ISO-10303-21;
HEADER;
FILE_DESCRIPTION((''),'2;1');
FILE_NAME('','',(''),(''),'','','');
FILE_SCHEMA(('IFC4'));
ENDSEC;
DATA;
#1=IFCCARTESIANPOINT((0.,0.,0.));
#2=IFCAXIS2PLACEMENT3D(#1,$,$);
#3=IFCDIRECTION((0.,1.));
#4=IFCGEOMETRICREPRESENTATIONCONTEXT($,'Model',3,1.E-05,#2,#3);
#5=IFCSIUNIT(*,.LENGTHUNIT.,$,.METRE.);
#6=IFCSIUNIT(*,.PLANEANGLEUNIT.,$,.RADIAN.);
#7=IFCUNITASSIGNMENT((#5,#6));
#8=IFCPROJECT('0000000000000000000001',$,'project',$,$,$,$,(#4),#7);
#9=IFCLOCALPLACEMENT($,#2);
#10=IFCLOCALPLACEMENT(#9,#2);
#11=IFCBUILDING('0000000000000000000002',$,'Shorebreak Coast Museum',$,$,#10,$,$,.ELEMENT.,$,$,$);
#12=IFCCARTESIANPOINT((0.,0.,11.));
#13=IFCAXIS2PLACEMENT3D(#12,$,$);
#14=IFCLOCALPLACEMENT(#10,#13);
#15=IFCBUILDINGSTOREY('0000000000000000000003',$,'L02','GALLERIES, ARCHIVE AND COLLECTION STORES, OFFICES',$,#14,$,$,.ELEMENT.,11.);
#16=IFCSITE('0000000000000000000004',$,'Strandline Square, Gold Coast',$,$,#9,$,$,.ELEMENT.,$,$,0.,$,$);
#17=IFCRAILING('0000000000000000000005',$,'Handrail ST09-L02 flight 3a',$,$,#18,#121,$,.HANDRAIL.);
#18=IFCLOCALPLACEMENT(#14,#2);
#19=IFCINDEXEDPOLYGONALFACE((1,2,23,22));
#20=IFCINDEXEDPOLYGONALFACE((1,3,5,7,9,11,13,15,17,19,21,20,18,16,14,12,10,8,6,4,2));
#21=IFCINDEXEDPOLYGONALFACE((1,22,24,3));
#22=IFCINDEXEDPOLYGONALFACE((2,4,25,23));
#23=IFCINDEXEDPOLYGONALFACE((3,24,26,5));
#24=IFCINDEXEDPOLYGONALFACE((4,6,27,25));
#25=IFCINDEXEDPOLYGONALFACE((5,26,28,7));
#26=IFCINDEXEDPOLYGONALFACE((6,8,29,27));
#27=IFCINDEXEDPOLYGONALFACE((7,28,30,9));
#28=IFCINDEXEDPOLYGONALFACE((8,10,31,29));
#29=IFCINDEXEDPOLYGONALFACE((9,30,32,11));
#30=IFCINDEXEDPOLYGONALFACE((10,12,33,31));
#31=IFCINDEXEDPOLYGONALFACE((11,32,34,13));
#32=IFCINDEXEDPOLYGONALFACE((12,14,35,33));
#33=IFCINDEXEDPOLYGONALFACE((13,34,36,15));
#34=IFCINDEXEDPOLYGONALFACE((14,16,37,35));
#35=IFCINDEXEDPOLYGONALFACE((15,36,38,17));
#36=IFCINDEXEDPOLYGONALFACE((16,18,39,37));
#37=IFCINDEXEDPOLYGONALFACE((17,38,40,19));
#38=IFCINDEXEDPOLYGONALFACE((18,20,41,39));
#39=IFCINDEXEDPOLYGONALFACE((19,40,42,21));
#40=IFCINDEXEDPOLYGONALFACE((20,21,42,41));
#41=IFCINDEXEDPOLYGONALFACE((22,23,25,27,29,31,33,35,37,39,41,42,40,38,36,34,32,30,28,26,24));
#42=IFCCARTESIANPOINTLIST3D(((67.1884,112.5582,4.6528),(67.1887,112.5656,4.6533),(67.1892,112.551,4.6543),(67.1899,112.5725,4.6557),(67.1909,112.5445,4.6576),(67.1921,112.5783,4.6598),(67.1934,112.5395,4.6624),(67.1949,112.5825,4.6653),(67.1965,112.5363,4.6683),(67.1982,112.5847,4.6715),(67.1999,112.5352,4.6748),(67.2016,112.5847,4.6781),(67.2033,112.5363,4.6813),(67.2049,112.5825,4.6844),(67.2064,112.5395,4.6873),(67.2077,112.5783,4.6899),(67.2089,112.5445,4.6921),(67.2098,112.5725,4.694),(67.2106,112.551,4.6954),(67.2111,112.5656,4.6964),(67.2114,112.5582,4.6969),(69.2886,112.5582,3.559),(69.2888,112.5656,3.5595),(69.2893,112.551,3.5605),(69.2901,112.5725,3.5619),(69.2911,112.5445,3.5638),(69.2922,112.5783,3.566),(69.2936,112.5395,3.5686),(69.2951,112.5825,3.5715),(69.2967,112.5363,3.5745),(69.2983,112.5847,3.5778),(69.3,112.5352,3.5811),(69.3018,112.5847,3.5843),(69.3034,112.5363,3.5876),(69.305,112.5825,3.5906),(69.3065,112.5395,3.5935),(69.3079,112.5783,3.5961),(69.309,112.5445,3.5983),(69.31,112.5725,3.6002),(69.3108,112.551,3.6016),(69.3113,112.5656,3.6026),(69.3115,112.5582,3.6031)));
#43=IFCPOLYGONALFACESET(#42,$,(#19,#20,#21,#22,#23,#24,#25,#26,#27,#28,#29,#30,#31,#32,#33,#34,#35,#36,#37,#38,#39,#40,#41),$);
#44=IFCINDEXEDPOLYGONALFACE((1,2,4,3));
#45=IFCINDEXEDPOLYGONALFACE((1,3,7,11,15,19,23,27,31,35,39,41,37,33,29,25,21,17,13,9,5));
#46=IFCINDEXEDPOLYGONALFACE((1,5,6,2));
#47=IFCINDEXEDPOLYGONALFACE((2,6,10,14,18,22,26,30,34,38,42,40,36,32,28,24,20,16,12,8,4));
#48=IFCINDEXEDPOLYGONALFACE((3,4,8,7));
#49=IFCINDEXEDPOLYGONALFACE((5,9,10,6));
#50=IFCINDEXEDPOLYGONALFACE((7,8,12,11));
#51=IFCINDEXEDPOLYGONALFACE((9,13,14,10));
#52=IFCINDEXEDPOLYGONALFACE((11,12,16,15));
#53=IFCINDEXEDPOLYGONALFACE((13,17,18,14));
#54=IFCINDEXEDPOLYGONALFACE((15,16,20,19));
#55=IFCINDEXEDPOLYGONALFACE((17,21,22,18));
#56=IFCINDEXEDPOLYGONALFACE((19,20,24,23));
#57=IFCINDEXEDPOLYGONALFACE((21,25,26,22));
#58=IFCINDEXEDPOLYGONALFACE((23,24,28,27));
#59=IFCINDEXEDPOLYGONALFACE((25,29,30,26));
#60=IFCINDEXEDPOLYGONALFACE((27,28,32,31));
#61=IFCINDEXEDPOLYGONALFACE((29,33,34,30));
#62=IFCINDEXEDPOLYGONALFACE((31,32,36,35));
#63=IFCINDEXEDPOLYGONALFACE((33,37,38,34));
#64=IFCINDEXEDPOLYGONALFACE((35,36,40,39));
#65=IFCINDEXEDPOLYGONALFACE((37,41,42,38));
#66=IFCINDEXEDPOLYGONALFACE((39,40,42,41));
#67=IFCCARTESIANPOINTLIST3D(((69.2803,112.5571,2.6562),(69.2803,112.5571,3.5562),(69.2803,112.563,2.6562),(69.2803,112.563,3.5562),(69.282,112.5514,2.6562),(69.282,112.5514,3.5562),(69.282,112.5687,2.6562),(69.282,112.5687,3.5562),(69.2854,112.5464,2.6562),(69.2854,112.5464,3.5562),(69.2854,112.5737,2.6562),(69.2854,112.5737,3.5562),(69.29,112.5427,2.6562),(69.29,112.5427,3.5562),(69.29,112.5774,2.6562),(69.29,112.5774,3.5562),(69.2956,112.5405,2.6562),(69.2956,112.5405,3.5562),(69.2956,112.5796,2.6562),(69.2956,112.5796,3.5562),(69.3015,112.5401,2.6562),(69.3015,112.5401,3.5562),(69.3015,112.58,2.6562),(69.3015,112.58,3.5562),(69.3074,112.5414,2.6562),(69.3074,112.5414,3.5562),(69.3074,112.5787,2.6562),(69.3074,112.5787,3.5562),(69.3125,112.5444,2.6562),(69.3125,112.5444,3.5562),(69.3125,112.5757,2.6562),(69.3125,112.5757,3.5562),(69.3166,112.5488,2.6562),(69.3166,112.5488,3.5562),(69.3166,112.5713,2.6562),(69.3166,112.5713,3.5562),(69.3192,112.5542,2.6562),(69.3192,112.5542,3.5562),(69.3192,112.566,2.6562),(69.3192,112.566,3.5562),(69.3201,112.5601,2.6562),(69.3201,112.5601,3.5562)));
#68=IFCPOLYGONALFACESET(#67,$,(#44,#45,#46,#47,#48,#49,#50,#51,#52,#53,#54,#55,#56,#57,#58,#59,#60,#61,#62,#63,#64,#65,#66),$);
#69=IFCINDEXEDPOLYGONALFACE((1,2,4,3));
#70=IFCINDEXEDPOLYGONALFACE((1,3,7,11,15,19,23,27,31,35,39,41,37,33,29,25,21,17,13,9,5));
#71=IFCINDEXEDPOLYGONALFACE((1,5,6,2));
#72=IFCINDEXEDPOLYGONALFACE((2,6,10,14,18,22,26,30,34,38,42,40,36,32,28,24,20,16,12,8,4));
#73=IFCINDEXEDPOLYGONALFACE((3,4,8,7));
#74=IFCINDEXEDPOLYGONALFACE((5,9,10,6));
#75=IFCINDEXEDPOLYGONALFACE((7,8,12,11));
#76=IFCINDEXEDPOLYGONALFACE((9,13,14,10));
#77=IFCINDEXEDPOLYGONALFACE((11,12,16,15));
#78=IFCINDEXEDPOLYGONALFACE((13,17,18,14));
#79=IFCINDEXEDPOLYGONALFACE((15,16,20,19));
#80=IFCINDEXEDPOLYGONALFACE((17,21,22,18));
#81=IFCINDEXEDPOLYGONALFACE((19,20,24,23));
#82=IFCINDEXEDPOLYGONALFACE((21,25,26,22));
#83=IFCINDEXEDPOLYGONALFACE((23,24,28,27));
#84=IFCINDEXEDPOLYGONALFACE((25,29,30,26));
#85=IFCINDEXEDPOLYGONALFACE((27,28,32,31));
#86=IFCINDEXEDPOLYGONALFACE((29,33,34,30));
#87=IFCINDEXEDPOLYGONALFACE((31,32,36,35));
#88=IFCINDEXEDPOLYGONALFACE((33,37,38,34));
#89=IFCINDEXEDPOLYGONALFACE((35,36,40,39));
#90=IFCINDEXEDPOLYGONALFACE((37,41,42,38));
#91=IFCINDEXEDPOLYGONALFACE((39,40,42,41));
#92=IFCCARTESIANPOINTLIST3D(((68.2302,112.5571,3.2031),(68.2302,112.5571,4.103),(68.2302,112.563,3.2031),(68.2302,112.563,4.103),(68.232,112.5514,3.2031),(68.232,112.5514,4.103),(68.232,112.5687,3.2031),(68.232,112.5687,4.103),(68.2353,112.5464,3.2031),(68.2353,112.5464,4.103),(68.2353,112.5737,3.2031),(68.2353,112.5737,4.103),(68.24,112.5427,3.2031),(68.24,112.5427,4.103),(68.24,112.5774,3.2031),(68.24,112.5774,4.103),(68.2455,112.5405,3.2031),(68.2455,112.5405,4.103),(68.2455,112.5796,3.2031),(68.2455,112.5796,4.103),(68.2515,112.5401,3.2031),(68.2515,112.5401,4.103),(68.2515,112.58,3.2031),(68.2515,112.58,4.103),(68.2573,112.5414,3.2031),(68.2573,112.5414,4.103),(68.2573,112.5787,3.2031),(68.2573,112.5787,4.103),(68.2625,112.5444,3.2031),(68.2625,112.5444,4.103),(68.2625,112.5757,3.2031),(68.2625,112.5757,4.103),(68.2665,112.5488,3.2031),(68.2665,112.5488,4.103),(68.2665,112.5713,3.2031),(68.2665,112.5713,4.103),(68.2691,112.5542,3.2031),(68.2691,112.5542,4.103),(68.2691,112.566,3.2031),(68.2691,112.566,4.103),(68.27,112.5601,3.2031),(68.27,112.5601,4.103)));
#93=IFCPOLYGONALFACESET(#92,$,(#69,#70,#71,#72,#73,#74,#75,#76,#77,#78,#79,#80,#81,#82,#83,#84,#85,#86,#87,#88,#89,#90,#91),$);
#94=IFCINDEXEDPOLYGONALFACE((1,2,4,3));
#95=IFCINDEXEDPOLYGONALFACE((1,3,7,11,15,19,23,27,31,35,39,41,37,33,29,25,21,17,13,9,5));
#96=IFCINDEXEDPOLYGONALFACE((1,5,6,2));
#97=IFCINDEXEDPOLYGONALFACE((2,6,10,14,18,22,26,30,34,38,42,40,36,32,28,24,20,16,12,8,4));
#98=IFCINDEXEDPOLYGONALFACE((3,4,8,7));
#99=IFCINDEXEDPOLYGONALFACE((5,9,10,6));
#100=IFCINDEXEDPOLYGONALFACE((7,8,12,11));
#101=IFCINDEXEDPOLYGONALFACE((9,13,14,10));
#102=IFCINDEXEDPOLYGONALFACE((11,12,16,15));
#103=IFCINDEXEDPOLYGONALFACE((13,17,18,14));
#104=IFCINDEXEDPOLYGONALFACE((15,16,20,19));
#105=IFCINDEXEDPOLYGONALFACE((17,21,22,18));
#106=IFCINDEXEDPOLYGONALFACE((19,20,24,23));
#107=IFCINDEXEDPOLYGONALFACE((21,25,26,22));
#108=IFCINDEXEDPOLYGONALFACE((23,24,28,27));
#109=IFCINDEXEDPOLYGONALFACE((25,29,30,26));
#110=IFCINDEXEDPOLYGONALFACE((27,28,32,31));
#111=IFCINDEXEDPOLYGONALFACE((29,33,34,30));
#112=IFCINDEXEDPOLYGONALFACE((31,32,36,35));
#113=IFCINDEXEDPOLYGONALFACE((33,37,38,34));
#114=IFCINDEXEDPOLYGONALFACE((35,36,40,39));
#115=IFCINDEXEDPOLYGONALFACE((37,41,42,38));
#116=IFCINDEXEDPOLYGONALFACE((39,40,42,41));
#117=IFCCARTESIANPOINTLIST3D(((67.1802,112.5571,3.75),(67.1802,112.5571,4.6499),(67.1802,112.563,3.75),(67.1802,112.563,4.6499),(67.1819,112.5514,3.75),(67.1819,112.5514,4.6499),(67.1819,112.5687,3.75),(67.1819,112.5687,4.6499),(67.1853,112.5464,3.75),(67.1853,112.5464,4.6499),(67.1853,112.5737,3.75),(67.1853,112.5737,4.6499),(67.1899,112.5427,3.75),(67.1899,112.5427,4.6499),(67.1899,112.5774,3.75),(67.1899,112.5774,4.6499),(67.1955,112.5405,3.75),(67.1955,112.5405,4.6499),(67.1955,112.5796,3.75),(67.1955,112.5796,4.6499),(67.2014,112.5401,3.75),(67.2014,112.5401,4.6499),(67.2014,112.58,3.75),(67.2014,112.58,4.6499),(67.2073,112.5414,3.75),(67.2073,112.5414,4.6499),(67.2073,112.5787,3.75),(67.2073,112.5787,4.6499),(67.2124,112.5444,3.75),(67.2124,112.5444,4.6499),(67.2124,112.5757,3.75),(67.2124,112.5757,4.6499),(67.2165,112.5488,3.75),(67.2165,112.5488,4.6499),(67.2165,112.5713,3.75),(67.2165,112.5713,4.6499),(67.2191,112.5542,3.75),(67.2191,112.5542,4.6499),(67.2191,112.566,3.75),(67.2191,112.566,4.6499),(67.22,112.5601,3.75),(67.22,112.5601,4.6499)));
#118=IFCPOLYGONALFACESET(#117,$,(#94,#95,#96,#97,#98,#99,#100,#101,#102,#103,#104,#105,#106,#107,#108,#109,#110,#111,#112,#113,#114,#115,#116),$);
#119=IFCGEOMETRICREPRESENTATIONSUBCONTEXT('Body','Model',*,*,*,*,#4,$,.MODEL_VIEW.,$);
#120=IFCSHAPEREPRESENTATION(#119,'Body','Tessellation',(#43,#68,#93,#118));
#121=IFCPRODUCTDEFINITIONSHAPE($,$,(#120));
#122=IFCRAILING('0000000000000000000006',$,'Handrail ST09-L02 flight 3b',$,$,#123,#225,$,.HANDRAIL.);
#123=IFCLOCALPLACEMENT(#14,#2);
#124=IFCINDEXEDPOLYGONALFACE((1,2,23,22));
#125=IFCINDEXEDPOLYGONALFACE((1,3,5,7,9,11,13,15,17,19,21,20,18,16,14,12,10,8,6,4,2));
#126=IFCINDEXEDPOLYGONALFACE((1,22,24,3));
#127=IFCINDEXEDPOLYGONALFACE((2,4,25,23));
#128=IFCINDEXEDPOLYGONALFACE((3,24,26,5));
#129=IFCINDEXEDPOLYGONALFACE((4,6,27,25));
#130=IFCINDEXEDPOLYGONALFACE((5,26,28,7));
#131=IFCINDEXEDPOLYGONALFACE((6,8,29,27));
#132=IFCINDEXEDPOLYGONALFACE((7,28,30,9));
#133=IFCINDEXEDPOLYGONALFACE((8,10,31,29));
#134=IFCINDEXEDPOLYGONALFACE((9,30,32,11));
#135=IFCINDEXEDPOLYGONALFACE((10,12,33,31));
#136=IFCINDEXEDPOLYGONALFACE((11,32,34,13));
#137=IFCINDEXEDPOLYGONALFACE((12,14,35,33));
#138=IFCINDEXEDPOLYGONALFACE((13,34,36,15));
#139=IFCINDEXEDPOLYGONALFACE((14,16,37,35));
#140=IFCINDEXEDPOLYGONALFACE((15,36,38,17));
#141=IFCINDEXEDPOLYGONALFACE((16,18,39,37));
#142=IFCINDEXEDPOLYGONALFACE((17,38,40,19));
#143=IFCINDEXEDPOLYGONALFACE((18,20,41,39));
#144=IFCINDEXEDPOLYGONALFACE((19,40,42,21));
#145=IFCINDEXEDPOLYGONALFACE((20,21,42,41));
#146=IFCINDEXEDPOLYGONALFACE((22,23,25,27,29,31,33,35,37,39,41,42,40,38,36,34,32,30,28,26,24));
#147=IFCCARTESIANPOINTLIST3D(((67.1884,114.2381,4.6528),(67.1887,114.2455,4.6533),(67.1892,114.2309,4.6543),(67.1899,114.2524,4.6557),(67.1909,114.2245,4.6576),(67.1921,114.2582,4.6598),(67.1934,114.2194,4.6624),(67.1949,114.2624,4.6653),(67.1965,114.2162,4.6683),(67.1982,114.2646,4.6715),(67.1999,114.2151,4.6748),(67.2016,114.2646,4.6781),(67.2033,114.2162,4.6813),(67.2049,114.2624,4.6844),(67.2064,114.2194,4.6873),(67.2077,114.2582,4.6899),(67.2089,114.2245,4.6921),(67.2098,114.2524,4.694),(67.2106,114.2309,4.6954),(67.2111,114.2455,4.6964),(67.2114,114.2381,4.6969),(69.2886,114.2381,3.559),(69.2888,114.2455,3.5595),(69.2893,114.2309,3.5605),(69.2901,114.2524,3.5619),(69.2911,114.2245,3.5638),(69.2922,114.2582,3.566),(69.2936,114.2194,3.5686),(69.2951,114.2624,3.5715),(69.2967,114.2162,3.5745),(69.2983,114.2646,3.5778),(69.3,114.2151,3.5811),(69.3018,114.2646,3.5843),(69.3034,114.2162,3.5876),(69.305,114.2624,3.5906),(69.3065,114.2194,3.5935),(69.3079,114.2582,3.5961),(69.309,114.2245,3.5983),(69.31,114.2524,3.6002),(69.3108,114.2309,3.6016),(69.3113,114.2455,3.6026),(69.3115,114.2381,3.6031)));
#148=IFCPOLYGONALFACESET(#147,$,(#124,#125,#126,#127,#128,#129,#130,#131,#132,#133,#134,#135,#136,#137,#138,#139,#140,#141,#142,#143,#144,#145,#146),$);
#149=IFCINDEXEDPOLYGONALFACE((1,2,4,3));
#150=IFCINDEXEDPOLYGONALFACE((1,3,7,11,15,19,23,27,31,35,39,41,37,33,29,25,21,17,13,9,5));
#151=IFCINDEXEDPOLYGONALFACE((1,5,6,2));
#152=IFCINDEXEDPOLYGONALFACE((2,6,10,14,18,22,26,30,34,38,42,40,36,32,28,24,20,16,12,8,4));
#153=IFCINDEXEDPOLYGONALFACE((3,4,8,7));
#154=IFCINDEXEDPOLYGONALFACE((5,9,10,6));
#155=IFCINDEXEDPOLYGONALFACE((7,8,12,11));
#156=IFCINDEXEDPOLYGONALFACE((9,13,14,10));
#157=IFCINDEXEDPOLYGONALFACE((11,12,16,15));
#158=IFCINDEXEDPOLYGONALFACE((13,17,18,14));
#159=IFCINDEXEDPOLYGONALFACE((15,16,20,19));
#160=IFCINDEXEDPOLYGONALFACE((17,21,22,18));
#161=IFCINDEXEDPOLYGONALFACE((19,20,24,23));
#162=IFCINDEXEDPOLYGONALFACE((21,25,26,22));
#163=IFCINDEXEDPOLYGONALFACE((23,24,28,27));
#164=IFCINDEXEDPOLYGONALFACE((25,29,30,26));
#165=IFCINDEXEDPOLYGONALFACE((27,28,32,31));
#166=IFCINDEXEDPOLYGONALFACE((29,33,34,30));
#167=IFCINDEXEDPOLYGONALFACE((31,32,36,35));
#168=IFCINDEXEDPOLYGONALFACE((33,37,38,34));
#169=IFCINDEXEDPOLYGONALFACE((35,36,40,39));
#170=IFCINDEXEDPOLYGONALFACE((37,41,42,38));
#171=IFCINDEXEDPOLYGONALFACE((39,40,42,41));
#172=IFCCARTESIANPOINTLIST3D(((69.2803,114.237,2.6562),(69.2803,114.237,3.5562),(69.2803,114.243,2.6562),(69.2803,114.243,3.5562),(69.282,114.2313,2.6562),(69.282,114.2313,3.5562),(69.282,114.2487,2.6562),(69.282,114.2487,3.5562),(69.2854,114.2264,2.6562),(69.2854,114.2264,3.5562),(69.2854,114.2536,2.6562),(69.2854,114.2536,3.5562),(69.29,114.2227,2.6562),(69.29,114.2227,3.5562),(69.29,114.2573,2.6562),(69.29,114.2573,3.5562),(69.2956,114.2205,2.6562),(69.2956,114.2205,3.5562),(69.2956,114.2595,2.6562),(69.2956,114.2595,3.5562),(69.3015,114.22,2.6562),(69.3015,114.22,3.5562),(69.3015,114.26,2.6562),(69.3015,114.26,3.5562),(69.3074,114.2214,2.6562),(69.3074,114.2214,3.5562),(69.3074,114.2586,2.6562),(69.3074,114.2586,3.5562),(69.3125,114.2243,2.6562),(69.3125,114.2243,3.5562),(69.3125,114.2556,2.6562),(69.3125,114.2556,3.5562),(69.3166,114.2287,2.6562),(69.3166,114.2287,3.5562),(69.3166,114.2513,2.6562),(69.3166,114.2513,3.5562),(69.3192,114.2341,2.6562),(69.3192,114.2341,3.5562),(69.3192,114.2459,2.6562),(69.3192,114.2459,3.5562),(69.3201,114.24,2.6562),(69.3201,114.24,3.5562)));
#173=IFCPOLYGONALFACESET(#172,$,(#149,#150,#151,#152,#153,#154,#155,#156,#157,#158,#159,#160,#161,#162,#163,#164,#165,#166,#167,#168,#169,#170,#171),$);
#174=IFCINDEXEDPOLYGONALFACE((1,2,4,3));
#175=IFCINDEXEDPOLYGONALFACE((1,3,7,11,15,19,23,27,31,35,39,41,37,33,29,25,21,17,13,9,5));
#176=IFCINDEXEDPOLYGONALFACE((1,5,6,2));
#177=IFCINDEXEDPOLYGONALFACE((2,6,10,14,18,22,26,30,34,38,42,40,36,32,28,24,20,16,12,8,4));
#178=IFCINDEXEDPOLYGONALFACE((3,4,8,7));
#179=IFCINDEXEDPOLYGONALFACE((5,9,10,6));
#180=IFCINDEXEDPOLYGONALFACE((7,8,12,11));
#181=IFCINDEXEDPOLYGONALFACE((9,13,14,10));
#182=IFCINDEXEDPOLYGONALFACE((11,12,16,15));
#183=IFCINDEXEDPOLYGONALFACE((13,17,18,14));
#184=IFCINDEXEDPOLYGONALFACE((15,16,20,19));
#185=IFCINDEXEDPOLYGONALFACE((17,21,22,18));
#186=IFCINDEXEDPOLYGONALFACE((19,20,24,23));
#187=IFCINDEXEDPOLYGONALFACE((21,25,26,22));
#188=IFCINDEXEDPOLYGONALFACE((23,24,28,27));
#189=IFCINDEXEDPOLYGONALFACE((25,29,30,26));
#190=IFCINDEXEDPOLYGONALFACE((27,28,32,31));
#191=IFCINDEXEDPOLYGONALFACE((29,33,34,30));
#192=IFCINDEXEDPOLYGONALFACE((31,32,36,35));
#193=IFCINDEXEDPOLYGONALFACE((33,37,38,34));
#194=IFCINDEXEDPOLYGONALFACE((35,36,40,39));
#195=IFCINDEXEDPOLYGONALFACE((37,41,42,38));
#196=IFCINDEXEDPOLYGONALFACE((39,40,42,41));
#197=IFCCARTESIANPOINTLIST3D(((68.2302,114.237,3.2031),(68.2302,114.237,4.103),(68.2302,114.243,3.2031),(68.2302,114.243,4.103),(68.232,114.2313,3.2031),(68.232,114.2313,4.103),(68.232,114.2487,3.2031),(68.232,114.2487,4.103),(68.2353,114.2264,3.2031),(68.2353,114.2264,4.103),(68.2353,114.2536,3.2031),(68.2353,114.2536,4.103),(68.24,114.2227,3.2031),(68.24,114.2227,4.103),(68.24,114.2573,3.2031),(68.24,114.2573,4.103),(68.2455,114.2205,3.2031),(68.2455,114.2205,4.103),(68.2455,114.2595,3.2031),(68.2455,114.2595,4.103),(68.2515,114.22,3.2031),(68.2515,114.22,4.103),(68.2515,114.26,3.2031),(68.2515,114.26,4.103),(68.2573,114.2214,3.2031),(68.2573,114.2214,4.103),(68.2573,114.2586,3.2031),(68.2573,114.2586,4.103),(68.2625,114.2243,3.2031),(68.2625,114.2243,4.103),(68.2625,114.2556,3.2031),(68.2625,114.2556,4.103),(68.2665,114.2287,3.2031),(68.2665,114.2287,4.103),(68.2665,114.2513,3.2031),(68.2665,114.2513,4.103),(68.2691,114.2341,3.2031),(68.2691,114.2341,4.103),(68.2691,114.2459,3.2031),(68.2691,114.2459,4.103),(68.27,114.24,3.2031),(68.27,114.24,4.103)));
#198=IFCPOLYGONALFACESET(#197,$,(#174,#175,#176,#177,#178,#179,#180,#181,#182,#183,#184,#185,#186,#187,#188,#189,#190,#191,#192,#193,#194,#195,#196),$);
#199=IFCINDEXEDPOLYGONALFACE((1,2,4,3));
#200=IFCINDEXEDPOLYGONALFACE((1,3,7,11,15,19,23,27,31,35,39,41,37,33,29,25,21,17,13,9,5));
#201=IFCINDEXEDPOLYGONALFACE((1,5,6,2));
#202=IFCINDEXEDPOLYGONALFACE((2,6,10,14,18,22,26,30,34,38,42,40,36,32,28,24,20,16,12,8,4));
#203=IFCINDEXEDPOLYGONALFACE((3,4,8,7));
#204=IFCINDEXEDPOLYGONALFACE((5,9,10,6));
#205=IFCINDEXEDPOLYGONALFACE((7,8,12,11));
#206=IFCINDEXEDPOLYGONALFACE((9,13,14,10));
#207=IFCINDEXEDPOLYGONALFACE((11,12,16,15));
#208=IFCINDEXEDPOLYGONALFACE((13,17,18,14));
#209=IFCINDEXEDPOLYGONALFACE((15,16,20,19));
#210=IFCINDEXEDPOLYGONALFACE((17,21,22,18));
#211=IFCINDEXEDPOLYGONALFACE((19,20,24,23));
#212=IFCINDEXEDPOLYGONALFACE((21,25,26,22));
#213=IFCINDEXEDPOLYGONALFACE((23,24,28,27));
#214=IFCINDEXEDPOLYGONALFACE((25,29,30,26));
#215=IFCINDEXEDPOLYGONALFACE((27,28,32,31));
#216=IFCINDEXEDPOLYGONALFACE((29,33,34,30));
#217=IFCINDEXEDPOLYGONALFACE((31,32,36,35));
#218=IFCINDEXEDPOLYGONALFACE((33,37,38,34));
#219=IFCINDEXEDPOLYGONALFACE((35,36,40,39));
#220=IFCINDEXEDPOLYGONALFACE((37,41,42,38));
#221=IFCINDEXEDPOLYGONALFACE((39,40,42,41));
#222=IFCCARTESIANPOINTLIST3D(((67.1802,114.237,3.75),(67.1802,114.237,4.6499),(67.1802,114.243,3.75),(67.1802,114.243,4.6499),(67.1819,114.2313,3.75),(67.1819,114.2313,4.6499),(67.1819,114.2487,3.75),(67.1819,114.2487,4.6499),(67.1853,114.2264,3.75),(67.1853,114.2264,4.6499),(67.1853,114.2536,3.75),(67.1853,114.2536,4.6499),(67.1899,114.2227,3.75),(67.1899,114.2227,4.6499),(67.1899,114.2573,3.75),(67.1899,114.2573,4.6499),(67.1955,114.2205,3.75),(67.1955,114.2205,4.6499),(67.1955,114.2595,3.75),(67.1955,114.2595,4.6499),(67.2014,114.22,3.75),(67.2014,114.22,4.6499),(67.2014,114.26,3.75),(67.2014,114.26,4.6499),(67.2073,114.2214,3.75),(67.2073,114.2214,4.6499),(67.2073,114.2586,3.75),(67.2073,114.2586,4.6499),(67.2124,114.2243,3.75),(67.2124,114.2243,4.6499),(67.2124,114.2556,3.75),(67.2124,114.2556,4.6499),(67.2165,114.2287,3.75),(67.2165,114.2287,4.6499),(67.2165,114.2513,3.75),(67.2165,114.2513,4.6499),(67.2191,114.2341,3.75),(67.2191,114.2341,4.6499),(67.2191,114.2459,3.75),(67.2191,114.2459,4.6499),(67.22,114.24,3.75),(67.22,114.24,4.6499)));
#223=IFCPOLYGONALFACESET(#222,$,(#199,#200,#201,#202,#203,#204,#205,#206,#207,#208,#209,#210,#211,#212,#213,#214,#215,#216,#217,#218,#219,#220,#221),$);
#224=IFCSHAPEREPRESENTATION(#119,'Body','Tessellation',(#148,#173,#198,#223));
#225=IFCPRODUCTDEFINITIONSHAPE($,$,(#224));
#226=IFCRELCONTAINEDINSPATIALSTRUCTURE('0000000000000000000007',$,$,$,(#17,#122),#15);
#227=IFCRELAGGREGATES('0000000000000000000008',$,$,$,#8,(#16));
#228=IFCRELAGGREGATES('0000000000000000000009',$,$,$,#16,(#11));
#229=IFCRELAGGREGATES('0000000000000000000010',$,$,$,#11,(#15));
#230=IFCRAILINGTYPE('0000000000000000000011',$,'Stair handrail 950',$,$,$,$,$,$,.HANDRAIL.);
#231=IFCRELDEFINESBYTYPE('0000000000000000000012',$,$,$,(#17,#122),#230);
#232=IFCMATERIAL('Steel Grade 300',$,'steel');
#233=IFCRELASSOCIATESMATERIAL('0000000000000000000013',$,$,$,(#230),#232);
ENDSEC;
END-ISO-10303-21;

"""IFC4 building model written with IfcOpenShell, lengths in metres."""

from ifc_helpers import new_model, si_unit, direction, frame, origin, origin_2d, place, context, subcontext, project, spatial, circle, extrude, material, type_object, element, save


model = new_model("IFC4")

# Units and contexts
model_context = context("Model", 3, precision=1e-05, world=origin(), true_north=direction((0.0, 1.0)))
body_context = subcontext(model_context, "Body", "Model", "MODEL_VIEW")
ifc_project = project(units=[si_unit("LENGTHUNIT", "METRE"), si_unit("PLANEANGLEUNIT", "RADIAN")], contexts=[model_context])

# Site, building, storey
site_placement = place(None, origin())
site = spatial("IfcSite", under=ifc_project, at=site_placement, Name="Strandline Square, Gold Coast", CompositionType="ELEMENT", RefElevation=0.0)
building_placement = place(site_placement, origin())
building = spatial("IfcBuilding", under=site, at=building_placement, Name="Shorebreak Coast Museum", CompositionType="ELEMENT")
storey_placement = place(building_placement, frame((0.0, 0.0, 11.0)))
storey = spatial("IfcBuildingStorey", under=building, at=storey_placement, Name="L02", Description="GALLERIES, ARCHIVE AND COLLECTION STORES, OFFICES", CompositionType="ELEMENT", Elevation=11.0)

# Railings
ifc_material_1 = material(Name="Steel Grade 300", Category="steel")
railing_type_1 = type_object("IfcRailingType", Name="Stair handrail 950", PredefinedType="HANDRAIL", material=ifc_material_1)
for number, where, name in (
    (1, (69.3, 112.5601, 2.6562), "Handrail ST09-L02 flight 3a"),
    (2, (69.3, 114.24, 2.6562), "Handrail ST09-L02 flight 3b"),
):
    element("IfcRailing", number, at=place(storey_placement, frame(where)), inside=storey, type_object=railing_type_1, Name=name, PredefinedType="HANDRAIL", context=body_context, shape_type="SweptSolid", body=[
        extrude(circle(Radius=0.0249, at=origin_2d()), frame((0.0, 0.0, 0.9248), z_axis=(-0.886923, 0.0, 0.461918), x_axis=(0.0, -1.0, 0.0)), (0.0, 0.0, 1.0), 2.3679),
        extrude(circle(Radius=0.02, at=origin_2d()), origin(), (0.0, 0.0, 1.0), 0.8999),
        extrude(circle(Radius=0.02, at=origin_2d()), frame((-1.05, 0.0, 0.5469)), (0.0, 0.0, 1.0), 0.8999),
        extrude(circle(Radius=0.02, at=origin_2d()), frame((-2.1001, 0.0, 1.0938)), (0.0, 0.0, 1.0), 0.8999),
    ])

save(model, "model.ifc")
